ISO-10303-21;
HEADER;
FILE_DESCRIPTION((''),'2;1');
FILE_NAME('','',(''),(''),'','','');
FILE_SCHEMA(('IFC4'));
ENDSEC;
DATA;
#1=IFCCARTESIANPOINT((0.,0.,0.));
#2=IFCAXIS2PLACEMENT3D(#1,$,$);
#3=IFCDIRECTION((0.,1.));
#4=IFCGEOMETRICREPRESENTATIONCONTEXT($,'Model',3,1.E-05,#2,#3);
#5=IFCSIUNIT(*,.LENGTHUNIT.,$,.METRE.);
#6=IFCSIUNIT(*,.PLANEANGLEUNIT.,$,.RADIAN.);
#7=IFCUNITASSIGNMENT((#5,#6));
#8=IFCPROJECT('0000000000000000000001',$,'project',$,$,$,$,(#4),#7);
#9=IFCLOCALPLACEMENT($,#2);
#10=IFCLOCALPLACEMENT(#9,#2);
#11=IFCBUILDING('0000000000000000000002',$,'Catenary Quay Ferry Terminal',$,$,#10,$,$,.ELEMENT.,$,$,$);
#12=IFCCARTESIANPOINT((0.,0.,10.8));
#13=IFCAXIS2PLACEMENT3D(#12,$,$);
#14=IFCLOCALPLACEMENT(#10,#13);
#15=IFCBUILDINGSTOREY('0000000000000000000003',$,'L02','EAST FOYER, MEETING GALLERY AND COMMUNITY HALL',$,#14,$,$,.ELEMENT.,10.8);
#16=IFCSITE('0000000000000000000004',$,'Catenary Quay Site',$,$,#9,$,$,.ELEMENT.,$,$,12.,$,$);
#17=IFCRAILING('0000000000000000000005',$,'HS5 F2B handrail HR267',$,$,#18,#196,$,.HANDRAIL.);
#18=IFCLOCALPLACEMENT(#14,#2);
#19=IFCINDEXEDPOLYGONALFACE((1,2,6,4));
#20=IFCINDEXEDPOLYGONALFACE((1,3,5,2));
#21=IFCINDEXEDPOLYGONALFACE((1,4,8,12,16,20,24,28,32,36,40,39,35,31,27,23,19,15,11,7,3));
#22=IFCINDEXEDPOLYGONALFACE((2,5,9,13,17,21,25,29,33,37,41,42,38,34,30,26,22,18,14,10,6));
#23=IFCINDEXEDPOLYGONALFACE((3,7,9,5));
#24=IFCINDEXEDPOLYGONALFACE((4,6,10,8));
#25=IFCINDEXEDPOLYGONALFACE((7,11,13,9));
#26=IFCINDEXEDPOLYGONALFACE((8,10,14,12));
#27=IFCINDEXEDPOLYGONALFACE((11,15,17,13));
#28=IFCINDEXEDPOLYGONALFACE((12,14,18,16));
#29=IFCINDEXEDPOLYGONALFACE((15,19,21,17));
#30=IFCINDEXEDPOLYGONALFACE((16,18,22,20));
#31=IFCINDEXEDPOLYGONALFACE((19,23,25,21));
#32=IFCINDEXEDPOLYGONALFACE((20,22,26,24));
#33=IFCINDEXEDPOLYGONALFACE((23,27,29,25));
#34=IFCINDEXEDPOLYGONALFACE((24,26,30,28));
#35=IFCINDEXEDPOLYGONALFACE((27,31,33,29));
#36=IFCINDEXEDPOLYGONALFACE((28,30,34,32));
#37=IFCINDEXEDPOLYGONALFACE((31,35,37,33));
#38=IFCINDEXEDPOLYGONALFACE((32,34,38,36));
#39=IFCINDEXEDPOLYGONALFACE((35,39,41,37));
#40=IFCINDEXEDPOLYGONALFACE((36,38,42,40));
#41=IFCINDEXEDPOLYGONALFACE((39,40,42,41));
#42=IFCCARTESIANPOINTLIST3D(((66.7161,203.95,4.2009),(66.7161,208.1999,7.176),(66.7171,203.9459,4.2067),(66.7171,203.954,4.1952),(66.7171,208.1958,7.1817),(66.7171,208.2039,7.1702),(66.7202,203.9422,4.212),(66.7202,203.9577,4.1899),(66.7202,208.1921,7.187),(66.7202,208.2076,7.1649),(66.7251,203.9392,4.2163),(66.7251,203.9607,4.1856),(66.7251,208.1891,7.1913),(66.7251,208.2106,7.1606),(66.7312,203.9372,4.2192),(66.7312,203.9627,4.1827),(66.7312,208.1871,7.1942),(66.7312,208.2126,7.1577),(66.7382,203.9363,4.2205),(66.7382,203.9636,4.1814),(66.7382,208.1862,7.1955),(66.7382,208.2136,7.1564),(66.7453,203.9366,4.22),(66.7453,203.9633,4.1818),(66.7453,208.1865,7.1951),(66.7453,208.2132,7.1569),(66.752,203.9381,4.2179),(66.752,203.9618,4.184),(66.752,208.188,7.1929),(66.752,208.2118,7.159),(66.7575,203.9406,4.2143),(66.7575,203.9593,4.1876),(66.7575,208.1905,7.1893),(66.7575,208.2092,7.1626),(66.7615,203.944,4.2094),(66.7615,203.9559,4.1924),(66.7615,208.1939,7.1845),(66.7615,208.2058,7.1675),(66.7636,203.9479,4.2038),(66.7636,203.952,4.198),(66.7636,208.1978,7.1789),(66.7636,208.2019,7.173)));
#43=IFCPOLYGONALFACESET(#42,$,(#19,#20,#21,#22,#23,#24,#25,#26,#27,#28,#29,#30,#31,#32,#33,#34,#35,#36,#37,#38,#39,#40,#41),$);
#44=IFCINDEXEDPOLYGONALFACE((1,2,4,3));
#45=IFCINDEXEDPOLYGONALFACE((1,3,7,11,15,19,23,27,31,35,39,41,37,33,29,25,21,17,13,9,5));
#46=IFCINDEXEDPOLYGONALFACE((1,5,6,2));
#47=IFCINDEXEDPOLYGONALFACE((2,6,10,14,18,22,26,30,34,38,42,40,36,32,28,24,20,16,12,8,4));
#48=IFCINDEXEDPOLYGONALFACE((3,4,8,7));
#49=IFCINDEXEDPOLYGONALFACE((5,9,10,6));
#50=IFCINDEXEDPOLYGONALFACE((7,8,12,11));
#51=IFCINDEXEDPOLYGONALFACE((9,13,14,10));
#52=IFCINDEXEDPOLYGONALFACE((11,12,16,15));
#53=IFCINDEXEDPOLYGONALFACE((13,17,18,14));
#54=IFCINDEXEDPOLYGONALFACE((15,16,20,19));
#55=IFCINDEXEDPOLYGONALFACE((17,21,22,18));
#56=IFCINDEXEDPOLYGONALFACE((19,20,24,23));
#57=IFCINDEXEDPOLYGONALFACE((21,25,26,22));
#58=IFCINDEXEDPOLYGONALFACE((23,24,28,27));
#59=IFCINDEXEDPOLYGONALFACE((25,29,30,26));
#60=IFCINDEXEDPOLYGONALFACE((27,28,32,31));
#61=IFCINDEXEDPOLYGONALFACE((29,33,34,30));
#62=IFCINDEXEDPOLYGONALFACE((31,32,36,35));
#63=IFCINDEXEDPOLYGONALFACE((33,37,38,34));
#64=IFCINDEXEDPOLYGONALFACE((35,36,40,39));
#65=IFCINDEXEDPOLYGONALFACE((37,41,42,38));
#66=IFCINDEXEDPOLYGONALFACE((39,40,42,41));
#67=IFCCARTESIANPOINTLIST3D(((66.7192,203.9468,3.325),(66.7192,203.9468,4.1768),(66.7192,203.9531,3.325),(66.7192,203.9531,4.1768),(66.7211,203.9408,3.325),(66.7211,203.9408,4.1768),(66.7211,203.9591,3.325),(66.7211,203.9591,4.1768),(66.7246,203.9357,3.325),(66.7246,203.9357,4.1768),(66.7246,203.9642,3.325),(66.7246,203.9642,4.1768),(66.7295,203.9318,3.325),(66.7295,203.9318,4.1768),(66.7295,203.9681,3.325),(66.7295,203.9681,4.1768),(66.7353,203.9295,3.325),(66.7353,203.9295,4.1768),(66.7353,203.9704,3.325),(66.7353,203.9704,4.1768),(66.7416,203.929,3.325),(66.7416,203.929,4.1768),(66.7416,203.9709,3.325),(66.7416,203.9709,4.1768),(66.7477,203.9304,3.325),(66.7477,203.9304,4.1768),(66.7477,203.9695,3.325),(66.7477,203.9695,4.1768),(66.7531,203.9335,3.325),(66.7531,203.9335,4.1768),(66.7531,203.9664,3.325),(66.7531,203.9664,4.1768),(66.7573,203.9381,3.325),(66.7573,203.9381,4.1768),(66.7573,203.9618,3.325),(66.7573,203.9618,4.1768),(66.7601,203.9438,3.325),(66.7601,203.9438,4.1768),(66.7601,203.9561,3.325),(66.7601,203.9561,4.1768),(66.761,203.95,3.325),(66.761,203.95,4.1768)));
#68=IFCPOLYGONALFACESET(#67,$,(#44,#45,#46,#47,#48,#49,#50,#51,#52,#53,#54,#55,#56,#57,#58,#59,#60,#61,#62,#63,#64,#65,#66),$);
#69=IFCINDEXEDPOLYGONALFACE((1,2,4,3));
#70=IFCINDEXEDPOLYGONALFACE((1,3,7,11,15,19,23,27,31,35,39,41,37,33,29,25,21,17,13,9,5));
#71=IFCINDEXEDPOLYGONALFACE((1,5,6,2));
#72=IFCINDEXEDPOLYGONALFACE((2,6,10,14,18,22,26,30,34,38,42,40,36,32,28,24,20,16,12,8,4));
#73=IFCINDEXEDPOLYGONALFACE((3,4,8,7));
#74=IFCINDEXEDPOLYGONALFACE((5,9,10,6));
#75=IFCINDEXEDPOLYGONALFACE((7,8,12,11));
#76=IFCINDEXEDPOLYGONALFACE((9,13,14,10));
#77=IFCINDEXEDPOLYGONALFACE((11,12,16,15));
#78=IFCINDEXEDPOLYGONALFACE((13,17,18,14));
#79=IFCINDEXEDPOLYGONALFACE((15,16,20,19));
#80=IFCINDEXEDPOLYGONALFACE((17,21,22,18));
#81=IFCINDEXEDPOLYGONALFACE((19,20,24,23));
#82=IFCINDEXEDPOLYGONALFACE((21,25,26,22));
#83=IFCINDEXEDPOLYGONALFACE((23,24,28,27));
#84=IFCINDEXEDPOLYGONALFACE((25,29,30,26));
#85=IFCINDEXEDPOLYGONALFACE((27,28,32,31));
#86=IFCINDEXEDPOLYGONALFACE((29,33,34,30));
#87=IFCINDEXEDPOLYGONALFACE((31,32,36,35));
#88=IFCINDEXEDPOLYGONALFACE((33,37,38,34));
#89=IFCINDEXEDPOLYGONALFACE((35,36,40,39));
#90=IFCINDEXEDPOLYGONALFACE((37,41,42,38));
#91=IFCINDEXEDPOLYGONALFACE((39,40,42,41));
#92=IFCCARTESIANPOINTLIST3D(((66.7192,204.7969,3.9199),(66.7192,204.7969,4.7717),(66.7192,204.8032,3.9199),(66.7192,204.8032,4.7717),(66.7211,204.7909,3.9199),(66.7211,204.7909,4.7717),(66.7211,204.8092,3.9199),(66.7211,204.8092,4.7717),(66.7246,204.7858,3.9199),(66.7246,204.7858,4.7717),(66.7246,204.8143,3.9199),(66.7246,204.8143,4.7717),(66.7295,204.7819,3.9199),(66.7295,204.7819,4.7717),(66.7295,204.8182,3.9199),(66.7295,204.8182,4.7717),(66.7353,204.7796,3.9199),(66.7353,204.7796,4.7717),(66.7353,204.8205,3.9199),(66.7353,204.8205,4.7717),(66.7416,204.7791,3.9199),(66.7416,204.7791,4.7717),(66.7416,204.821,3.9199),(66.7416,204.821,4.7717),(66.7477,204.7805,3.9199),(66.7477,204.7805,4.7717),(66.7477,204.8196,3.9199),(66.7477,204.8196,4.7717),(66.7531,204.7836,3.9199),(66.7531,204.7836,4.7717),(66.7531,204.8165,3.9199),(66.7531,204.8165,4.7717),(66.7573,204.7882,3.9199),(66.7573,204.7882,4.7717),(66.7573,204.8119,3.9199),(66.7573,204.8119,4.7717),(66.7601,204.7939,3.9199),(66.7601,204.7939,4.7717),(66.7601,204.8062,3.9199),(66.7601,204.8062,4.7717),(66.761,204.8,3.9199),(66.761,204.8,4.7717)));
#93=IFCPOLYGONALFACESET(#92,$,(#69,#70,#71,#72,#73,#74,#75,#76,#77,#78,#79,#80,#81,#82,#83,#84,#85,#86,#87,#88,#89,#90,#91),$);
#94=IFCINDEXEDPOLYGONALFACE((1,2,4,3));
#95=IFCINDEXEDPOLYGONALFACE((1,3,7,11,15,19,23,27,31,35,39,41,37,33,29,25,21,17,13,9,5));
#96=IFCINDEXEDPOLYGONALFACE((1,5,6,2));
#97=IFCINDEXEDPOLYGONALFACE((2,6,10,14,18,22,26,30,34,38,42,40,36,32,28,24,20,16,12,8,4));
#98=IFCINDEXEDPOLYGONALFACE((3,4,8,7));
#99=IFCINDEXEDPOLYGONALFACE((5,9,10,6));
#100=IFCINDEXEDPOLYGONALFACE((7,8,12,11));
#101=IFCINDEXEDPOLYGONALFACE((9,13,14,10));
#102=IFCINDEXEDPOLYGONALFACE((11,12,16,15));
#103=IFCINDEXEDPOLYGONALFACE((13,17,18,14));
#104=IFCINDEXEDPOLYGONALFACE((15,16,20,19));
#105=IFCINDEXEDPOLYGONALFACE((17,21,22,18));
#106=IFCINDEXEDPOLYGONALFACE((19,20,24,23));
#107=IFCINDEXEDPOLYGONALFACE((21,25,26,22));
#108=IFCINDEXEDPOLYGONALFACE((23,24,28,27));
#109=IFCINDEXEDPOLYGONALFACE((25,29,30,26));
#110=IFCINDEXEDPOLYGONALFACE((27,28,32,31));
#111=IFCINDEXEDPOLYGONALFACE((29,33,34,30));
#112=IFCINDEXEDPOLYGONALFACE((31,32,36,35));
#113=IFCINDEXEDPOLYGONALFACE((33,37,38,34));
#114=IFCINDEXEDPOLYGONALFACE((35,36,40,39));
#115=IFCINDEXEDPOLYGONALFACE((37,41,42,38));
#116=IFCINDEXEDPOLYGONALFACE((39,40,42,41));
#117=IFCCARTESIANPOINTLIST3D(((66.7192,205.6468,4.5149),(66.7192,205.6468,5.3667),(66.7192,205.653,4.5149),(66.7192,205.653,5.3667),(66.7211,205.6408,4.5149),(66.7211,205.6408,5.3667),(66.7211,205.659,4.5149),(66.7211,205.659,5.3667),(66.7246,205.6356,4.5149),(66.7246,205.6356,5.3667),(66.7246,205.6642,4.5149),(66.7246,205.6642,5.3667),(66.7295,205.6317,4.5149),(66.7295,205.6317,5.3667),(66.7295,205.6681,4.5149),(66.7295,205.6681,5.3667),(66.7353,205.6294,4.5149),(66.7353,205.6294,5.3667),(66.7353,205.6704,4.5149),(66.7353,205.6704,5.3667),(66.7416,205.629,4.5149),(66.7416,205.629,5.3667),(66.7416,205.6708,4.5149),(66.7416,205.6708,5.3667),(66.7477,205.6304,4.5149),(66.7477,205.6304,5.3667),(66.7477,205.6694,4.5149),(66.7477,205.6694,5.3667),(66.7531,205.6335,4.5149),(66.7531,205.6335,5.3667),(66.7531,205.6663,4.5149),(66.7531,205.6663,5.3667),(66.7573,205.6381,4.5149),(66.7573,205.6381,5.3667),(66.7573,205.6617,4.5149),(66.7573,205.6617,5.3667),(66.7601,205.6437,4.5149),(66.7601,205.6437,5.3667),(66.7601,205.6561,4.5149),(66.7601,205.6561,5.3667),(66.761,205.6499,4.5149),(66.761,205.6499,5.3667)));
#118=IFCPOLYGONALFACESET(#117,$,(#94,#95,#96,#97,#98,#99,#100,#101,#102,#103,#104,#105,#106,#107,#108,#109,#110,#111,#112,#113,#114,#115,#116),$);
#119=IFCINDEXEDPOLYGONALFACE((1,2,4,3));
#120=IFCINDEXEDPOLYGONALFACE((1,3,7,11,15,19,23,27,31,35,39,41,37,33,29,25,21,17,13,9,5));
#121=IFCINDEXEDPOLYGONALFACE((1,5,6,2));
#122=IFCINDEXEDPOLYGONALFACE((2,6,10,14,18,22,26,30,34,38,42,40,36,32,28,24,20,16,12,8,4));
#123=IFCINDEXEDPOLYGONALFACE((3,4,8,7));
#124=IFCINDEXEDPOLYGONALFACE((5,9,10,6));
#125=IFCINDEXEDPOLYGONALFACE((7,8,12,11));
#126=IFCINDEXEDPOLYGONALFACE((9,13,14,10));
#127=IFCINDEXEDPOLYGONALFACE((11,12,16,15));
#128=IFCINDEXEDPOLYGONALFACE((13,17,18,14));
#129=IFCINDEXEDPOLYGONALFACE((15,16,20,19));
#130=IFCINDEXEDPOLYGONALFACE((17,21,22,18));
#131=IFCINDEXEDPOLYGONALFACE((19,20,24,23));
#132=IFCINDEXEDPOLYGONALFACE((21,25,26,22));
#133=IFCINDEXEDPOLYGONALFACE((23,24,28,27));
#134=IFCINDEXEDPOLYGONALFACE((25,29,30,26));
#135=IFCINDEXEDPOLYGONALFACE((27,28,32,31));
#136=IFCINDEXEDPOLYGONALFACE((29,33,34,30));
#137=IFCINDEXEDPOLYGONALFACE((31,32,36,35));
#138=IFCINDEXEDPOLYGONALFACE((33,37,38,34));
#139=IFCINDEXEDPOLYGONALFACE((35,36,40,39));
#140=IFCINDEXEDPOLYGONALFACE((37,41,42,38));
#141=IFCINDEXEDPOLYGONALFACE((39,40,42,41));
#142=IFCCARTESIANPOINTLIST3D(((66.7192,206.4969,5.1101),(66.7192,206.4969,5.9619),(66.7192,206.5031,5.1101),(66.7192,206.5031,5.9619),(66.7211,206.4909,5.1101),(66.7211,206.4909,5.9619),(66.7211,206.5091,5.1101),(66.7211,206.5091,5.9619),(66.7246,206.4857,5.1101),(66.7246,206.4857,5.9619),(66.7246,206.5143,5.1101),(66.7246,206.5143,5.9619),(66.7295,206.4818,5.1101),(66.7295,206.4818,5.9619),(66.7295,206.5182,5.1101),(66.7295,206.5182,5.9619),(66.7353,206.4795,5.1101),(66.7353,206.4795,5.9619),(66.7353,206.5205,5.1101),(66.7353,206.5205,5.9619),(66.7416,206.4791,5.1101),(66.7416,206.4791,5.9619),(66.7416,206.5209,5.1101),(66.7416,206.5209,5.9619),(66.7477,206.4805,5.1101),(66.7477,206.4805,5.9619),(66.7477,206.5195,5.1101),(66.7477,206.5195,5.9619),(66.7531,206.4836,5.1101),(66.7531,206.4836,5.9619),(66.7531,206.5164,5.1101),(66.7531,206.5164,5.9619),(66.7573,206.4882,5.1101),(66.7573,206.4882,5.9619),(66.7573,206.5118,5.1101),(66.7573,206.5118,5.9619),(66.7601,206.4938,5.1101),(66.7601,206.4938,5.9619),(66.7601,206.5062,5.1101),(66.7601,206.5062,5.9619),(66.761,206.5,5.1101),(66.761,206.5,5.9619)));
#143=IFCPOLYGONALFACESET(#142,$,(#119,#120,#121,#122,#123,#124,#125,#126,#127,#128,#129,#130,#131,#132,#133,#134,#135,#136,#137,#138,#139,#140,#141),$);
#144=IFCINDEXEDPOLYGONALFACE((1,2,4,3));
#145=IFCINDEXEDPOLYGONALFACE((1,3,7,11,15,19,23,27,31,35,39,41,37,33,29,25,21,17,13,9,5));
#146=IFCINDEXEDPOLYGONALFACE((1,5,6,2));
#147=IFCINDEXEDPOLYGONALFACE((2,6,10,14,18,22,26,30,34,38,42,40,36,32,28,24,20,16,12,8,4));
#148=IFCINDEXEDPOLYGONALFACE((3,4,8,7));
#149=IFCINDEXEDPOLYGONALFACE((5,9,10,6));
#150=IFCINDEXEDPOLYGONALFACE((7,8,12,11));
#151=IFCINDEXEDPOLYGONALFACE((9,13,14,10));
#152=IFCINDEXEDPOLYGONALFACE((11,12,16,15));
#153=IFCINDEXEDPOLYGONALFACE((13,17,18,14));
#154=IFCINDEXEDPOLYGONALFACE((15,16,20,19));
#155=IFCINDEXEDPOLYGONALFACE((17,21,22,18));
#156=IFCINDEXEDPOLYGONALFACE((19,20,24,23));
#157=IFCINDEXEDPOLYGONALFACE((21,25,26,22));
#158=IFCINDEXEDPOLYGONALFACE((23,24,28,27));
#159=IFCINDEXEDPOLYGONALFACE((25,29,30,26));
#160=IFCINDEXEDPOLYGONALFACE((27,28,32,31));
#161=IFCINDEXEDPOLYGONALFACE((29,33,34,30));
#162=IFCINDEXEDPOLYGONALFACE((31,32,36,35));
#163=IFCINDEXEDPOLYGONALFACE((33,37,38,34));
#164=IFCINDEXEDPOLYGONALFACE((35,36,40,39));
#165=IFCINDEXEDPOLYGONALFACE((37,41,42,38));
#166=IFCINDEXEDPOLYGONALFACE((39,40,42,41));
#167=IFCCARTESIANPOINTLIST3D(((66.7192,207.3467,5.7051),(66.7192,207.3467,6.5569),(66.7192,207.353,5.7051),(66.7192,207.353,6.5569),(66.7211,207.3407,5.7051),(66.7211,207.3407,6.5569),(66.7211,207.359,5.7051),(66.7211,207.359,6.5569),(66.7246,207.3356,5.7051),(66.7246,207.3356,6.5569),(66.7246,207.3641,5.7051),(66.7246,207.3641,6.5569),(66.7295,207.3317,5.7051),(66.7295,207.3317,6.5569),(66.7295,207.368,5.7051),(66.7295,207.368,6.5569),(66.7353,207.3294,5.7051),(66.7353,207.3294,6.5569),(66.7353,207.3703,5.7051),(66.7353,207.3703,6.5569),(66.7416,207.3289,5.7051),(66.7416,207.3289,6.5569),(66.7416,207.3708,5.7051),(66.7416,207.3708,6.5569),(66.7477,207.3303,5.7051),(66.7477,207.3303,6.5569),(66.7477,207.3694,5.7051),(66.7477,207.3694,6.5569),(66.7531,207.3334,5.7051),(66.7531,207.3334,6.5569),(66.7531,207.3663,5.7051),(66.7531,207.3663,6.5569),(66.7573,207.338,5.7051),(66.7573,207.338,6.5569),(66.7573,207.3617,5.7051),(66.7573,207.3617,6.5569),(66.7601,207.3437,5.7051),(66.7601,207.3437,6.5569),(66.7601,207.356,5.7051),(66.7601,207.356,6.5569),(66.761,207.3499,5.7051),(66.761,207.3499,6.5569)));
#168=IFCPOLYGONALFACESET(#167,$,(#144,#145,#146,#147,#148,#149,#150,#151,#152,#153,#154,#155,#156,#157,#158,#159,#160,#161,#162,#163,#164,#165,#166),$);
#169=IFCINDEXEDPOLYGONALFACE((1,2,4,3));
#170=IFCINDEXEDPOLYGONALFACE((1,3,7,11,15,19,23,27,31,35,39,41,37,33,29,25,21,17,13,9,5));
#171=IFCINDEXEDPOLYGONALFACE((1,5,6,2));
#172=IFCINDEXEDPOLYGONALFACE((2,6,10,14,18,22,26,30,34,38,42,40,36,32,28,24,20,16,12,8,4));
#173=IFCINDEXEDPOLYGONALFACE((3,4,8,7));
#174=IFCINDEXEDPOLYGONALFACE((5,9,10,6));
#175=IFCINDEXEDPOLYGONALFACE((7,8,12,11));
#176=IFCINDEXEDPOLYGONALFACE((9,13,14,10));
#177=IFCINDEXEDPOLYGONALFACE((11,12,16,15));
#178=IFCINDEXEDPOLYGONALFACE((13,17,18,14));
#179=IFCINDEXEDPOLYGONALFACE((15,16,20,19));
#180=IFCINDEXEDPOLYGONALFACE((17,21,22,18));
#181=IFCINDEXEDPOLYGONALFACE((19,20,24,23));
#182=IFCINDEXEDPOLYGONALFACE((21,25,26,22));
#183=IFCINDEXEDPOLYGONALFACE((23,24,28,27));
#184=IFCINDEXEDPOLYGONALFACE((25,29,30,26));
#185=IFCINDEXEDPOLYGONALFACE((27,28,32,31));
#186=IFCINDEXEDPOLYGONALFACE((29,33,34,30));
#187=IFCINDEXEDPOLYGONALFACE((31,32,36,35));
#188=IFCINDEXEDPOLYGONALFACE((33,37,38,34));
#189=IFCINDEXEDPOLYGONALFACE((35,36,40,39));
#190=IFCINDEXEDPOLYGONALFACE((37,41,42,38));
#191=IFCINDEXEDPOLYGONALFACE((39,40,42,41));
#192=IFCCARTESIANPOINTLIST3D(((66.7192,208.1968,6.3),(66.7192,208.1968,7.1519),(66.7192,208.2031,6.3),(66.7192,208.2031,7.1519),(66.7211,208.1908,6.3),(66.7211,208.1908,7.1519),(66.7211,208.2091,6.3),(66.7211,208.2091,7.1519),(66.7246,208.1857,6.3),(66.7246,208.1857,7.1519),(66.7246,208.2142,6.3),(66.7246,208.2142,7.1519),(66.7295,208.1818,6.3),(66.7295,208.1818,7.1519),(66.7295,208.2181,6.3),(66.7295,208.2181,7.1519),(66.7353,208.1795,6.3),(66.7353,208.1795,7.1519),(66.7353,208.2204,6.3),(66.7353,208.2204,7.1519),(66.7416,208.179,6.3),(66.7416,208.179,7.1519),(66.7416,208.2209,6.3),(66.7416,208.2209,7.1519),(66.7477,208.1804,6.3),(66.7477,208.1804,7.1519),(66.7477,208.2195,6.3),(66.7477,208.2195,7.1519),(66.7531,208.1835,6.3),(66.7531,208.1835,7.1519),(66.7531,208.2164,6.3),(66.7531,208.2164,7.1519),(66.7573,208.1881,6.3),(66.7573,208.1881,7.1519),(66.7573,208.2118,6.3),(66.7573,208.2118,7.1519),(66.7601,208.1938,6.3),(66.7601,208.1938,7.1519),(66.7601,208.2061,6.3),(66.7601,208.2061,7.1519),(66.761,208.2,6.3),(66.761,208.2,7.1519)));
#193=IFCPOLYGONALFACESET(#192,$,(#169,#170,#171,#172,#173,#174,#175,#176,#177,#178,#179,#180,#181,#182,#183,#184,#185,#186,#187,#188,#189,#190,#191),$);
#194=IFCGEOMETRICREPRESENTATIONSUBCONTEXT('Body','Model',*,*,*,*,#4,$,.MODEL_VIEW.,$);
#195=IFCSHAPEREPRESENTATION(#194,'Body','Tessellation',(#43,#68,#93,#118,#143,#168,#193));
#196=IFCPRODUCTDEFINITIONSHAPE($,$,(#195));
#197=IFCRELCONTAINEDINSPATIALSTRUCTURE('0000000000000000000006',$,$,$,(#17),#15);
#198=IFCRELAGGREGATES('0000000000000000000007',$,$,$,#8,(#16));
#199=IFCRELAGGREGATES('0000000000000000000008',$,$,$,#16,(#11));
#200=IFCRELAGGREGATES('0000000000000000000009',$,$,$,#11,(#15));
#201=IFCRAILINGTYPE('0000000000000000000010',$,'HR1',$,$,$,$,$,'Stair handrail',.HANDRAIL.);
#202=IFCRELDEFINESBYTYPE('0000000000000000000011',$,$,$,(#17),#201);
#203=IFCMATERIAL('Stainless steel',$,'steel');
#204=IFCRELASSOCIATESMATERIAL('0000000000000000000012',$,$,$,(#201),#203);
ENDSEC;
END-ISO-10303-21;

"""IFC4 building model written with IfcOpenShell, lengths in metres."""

from ifc_helpers import new_model, si_unit, direction, frame, origin, origin_2d, place, context, subcontext, project, spatial, circle, extrude, material, type_object, element, save


model = new_model("IFC4")

# Units and contexts
model_context = context("Model", 3, precision=1e-05, world=origin(), true_north=direction((0.0, 1.0)))
body_context = subcontext(model_context, "Body", "Model", "MODEL_VIEW")
ifc_project = project(units=[si_unit("LENGTHUNIT", "METRE"), si_unit("PLANEANGLEUNIT", "RADIAN")], contexts=[model_context])

# Site, building, storey
site_placement = place(None, origin())
site = spatial("IfcSite", under=ifc_project, at=site_placement, Name="Catenary Quay Site", CompositionType="ELEMENT", RefElevation=12.0)
building_placement = place(site_placement, origin())
building = spatial("IfcBuilding", under=site, at=building_placement, Name="Catenary Quay Ferry Terminal", CompositionType="ELEMENT")
storey_placement = place(building_placement, frame((0.0, 0.0, 10.8)))
storey = spatial("IfcBuildingStorey", under=building, at=storey_placement, Name="L02", Description="EAST FOYER, MEETING GALLERY AND COMMUNITY HALL", CompositionType="ELEMENT", Elevation=10.8)

# Railing
ifc_material_1 = material(Name="Stainless steel", Category="steel")
railing_type = type_object("IfcRailingType", Name="HR1", ElementType="Stair handrail", PredefinedType="HANDRAIL", material=ifc_material_1)
for number, where, name in (
    (1, (66.74, 203.95, 3.325), "HS5 F2B handrail HR267"),
):
    element("IfcRailing", number, at=place(storey_placement, frame(where)), inside=storey, type_object=railing_type, Name=name, PredefinedType="HANDRAIL", context=body_context, shape_type="SweptSolid", body=[
        extrude(circle(Radius=0.0239, at=origin_2d()), frame((0.0, 0.0, 0.876), z_axis=(0.0, 0.819223, 0.573475), x_axis=(-1.0, 0.0, 0.0)), (0.0, 0.0, 1.0), 5.1877),
        extrude(circle(Radius=0.021, at=origin_2d()), origin(), (0.0, 0.0, 1.0), 0.8518),
        extrude(circle(Radius=0.021, at=origin_2d()), frame((0.0, 0.8501, 0.595)), (0.0, 0.0, 1.0), 0.8518),
        extrude(circle(Radius=0.021, at=origin_2d()), frame((0.0, 1.7, 1.1899)), (0.0, 0.0, 1.0), 0.8518),
        extrude(circle(Radius=0.021, at=origin_2d()), frame((0.0, 2.55, 1.7852)), (0.0, 0.0, 1.0), 0.8518),
        extrude(circle(Radius=0.021, at=origin_2d()), frame((0.0, 3.3999, 2.3801)), (0.0, 0.0, 1.0), 0.8518),
        extrude(circle(Radius=0.021, at=origin_2d()), frame((0.0, 4.25, 2.9751)), (0.0, 0.0, 1.0), 0.8518),
    ])

save(model, "model.ifc")
